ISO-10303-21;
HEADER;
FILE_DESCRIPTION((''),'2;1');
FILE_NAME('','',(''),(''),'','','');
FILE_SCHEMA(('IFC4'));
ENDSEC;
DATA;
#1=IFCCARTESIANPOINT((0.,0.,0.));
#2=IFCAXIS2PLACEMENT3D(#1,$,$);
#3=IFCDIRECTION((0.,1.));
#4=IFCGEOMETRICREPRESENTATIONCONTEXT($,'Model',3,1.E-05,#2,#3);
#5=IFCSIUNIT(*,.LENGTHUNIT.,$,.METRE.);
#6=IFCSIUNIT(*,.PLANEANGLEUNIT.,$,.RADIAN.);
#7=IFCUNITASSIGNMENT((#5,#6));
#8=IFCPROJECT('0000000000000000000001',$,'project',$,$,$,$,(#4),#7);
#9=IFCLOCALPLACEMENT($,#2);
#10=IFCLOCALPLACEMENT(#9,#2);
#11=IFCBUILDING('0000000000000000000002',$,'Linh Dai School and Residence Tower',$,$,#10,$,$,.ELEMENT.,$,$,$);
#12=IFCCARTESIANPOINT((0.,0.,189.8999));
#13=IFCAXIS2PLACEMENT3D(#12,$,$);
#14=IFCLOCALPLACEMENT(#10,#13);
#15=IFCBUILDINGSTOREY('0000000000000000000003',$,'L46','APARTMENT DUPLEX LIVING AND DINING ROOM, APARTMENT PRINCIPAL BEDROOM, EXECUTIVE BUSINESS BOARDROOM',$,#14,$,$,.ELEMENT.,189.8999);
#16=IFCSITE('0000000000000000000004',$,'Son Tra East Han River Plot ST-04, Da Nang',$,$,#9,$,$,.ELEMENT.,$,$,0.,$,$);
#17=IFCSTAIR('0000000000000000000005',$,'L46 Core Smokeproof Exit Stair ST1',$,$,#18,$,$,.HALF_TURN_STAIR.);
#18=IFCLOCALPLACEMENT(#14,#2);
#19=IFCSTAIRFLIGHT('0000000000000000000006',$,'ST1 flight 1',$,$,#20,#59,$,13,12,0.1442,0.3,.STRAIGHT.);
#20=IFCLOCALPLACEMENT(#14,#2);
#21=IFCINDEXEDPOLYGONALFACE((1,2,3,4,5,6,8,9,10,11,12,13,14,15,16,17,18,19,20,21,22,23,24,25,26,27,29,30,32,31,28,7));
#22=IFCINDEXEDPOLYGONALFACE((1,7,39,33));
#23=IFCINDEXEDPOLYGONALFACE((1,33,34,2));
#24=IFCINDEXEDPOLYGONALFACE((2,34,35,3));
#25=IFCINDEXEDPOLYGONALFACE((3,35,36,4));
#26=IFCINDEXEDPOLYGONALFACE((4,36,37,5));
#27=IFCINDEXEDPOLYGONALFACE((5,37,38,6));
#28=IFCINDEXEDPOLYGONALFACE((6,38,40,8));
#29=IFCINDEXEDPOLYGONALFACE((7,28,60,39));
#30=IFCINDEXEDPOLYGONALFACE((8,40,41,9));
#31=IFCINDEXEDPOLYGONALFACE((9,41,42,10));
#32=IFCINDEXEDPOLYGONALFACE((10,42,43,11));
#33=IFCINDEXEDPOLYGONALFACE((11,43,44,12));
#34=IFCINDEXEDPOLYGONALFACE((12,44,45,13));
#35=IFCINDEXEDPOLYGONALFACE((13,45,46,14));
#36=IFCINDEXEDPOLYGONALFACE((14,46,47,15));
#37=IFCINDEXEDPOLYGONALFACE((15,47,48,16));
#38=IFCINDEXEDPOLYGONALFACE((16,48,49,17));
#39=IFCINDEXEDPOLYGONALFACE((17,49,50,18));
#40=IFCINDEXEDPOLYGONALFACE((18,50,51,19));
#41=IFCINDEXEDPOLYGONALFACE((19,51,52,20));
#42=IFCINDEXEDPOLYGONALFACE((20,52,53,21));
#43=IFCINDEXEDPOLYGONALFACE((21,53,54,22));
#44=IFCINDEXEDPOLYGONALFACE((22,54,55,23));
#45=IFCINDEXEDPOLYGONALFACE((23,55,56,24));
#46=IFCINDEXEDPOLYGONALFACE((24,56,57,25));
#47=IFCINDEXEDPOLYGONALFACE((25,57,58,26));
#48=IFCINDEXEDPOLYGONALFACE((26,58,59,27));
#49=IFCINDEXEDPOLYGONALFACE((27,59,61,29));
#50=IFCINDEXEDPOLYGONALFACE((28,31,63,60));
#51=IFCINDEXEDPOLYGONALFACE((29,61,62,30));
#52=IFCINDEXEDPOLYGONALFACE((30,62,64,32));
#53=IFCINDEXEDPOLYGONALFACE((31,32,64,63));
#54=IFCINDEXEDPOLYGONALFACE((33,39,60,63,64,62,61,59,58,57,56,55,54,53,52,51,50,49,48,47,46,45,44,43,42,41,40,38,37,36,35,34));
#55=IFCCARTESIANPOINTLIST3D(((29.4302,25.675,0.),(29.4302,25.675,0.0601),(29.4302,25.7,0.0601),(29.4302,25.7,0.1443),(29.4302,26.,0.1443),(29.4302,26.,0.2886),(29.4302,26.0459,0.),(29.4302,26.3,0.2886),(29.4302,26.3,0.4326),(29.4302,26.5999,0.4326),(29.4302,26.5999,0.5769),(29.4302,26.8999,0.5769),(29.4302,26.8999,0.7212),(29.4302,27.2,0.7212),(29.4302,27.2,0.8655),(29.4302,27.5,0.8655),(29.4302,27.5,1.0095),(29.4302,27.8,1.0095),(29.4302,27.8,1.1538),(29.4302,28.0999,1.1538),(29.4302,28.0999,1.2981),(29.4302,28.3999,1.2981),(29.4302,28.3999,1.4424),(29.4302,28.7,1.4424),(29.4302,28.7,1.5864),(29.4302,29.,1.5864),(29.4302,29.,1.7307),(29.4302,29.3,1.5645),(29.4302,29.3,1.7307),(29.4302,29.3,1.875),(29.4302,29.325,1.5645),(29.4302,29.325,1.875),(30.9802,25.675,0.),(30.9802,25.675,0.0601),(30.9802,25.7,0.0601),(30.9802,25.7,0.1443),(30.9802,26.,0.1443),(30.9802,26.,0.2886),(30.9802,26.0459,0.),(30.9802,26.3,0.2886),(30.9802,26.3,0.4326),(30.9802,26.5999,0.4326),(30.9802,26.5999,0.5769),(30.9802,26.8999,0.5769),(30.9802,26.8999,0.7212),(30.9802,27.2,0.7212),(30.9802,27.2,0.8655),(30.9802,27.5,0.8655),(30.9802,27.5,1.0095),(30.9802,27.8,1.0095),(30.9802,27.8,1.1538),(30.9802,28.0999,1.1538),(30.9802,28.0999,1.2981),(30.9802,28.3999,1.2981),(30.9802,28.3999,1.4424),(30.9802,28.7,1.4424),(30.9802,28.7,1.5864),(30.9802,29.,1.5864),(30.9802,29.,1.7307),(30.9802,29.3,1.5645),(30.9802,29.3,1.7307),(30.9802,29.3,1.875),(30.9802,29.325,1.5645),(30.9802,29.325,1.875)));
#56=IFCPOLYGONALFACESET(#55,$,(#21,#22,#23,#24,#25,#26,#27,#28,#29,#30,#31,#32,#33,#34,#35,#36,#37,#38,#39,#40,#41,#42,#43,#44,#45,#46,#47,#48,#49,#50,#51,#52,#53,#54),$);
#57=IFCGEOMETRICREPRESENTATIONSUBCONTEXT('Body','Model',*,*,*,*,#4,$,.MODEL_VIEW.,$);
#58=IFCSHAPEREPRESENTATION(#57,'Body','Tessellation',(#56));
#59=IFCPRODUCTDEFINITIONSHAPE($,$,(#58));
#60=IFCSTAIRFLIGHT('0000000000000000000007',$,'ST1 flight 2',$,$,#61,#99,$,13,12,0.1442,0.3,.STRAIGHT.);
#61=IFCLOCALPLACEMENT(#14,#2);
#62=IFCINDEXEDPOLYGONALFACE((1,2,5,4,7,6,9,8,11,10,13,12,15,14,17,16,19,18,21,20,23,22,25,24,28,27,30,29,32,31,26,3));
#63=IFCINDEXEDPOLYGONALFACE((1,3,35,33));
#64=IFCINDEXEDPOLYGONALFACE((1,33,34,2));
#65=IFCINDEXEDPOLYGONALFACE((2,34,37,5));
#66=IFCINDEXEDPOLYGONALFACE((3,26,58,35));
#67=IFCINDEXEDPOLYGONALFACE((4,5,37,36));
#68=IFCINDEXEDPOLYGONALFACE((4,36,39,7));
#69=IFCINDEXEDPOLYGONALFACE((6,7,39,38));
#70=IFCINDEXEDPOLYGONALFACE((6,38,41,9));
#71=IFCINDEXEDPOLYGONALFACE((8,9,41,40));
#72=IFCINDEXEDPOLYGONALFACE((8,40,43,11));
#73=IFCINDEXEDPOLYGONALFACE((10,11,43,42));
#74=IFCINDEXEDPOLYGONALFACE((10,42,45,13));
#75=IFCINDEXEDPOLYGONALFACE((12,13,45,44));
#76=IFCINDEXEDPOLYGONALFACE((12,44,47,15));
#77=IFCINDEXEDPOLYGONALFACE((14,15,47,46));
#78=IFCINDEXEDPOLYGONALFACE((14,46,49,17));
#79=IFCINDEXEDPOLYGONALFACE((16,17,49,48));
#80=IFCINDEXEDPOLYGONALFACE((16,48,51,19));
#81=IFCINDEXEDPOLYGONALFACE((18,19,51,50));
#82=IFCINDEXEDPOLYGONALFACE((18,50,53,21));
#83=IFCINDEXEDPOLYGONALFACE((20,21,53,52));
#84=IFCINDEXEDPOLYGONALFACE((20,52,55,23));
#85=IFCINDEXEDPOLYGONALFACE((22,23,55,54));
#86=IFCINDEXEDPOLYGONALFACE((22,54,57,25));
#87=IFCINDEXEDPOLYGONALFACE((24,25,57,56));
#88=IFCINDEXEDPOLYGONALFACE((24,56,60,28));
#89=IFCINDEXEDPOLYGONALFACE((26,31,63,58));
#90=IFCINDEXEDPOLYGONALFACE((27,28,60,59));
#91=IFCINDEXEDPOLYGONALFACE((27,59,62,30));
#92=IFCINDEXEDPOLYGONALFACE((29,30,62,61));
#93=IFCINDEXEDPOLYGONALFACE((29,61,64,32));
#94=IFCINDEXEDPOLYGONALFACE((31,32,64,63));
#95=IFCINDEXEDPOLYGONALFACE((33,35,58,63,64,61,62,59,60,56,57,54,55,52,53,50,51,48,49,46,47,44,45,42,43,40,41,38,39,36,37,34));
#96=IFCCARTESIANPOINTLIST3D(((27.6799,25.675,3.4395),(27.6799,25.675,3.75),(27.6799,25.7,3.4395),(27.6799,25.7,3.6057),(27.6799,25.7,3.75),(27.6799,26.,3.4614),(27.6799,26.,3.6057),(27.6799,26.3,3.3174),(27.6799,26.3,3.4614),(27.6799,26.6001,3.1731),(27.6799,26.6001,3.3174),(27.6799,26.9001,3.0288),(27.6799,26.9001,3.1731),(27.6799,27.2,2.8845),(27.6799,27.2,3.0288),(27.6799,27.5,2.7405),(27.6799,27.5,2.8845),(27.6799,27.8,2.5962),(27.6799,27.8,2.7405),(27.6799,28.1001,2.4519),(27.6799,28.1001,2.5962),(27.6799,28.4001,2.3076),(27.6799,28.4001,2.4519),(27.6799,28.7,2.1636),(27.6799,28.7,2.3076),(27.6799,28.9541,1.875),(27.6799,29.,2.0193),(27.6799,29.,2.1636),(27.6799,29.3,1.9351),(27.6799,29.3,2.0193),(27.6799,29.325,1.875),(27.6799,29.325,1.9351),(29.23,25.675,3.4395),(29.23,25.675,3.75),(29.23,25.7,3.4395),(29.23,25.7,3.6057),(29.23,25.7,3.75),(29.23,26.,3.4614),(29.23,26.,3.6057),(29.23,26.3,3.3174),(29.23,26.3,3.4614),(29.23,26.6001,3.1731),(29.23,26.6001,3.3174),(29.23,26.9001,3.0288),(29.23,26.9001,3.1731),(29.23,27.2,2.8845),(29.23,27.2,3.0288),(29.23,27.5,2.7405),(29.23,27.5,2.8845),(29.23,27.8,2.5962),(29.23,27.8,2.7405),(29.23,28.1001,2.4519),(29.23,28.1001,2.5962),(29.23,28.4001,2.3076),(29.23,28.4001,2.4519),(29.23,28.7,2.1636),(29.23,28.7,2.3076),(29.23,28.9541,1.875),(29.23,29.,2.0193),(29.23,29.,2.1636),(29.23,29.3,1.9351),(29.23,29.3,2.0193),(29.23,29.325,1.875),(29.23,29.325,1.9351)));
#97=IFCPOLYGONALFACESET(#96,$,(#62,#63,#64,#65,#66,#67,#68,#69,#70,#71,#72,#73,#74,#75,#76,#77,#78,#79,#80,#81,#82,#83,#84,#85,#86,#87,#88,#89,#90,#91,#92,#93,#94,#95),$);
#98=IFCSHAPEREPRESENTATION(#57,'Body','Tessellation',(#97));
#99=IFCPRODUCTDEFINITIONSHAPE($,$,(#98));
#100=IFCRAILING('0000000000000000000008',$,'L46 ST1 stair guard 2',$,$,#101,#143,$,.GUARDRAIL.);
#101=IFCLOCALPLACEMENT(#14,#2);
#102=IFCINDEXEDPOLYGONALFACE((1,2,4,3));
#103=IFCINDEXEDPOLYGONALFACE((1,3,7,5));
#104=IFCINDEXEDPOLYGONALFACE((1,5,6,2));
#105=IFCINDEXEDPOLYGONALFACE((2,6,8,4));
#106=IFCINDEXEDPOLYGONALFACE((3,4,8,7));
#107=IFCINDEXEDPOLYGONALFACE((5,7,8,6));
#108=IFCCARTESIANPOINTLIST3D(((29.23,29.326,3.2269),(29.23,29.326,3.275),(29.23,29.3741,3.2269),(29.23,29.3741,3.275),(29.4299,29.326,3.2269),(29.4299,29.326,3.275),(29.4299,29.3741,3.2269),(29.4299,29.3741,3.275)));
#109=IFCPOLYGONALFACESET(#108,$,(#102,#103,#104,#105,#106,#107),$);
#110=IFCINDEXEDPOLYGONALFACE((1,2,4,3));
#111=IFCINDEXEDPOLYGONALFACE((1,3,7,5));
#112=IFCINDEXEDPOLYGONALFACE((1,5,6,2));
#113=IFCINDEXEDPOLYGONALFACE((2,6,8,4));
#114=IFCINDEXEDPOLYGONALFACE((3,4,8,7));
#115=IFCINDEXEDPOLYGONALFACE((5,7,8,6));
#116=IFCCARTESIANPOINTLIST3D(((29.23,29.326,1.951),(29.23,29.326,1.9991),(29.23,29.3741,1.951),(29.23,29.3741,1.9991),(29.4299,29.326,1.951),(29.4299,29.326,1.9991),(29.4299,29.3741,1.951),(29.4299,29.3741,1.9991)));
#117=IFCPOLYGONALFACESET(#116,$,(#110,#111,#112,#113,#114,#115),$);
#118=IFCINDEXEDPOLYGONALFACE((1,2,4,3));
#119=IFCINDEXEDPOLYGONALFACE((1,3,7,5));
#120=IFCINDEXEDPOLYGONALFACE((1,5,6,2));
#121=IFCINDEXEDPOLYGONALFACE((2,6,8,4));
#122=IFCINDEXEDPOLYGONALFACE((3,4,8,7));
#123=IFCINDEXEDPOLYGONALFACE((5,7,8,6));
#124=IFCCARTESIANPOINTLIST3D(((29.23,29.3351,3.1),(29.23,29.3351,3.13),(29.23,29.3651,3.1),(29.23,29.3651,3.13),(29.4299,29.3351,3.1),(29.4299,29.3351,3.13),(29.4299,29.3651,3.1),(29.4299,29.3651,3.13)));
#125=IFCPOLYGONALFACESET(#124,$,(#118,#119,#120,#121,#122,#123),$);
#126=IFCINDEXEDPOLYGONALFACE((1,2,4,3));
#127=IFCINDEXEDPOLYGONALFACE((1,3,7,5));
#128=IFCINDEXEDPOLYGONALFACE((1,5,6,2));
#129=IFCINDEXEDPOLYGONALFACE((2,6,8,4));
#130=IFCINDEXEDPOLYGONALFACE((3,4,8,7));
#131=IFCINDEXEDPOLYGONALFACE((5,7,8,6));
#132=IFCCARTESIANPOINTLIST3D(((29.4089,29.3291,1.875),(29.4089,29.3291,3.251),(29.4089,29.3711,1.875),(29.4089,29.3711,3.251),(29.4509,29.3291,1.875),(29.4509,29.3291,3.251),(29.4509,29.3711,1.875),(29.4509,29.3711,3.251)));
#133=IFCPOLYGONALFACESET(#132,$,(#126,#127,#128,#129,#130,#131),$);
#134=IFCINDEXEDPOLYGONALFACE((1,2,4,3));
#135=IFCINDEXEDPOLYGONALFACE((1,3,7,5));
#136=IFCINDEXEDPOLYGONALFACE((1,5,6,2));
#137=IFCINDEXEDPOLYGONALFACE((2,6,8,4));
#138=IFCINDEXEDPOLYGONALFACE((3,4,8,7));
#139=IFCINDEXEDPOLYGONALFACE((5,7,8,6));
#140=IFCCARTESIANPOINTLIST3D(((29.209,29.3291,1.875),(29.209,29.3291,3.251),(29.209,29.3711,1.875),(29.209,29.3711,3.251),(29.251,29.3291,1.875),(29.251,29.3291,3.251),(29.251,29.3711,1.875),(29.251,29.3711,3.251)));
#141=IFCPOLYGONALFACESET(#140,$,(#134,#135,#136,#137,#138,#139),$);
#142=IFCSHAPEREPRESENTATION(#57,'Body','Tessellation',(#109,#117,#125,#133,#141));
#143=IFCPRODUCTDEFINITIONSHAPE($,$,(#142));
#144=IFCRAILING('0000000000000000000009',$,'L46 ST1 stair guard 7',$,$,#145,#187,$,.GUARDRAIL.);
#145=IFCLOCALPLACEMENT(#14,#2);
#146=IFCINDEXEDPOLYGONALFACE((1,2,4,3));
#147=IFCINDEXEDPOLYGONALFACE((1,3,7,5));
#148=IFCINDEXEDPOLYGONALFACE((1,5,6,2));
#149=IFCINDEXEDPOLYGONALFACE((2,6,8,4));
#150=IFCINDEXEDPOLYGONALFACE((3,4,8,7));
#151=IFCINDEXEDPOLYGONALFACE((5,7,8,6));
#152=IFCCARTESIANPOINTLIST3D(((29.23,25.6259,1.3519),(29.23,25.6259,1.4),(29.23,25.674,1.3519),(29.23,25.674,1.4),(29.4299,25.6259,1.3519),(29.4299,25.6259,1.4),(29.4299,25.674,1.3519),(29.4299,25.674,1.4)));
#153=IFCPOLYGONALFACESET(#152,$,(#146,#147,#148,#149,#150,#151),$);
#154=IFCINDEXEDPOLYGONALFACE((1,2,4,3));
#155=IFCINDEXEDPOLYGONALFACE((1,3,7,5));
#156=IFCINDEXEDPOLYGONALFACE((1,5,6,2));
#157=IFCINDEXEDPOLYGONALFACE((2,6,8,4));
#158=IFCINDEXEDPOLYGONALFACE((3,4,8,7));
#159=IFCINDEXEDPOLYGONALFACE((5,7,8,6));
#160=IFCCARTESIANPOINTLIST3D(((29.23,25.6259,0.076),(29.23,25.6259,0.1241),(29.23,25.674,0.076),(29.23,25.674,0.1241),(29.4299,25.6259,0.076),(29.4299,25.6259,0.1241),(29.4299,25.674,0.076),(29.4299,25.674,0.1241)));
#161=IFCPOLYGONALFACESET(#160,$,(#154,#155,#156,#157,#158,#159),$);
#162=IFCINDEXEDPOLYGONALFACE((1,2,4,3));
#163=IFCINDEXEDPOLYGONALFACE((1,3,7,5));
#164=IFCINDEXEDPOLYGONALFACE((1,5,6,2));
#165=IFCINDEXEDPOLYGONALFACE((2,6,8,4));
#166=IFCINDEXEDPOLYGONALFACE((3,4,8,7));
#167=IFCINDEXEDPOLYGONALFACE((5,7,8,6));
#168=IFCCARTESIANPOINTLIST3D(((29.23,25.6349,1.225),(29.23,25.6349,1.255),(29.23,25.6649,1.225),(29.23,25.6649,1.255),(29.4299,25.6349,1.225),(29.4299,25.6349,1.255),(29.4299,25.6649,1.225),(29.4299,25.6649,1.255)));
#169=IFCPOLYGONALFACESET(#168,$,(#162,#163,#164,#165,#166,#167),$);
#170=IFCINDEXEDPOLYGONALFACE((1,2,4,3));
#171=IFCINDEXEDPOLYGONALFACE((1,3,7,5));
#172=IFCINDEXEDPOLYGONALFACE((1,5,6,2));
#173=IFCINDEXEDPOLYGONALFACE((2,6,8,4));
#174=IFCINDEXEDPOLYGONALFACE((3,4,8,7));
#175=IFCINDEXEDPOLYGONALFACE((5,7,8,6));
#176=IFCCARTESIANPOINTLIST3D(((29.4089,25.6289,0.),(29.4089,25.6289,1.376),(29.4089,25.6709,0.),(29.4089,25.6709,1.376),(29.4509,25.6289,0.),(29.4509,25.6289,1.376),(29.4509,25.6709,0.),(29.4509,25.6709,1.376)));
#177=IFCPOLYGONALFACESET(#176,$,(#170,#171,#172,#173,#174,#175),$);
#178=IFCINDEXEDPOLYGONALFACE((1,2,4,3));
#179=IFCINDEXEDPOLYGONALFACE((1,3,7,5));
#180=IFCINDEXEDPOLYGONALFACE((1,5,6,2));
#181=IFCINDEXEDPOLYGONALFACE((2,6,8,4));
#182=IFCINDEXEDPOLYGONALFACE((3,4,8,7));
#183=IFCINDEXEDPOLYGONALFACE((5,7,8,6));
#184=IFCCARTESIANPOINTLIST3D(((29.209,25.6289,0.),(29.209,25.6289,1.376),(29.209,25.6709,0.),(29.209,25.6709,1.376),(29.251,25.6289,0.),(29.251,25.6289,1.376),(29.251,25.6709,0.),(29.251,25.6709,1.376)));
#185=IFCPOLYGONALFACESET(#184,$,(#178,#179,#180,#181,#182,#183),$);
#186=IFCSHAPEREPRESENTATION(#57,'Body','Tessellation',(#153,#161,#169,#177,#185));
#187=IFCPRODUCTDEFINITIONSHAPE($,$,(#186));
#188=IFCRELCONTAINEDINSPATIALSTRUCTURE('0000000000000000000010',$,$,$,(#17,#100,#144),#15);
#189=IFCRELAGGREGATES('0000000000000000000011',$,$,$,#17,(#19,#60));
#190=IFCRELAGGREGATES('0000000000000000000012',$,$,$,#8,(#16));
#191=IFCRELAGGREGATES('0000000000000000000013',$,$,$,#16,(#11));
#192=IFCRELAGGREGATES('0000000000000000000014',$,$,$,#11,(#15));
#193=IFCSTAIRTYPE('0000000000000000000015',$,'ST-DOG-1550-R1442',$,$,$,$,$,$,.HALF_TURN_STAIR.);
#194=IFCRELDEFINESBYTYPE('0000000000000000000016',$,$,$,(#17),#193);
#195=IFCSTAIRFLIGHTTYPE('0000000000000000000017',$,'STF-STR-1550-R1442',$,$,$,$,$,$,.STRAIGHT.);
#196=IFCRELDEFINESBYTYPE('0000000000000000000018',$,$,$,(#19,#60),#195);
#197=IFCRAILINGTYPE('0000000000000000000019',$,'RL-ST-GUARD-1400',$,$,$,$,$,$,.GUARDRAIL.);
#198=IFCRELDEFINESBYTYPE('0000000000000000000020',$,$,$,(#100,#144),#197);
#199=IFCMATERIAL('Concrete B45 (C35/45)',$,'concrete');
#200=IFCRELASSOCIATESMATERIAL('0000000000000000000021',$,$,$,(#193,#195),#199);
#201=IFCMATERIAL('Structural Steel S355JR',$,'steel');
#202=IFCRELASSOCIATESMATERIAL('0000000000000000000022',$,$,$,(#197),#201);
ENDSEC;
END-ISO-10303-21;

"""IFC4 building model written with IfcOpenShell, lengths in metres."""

from ifc_helpers import new_model, si_unit, direction, frame, origin, origin_2d, place, context, subcontext, project, spatial, polyline, rectangle, outline, extrude, source, transform, mapped, material, type_object, element, aggregate, save


model = new_model("IFC4")

# Units and contexts
model_context = context("Model", 3, precision=1e-05, world=origin(), true_north=direction((0.0, 1.0)))
body_context = subcontext(model_context, "Body", "Model", "MODEL_VIEW")
ifc_project = project(units=[si_unit("LENGTHUNIT", "METRE"), si_unit("PLANEANGLEUNIT", "RADIAN")], contexts=[model_context])

# Site, building, storey
site_placement = place(None, origin())
site = spatial("IfcSite", under=ifc_project, at=site_placement, Name="Son Tra East Han River Plot ST-04, Da Nang", CompositionType="ELEMENT", RefElevation=0.0)
building_placement = place(site_placement, origin())
building = spatial("IfcBuilding", under=site, at=building_placement, Name="Linh Dai School and Residence Tower", CompositionType="ELEMENT")
storey_placement = place(building_placement, frame((0.0, 0.0, 189.8999)))
storey = spatial("IfcBuildingStorey", under=building, at=storey_placement, Name="L46", Description="APARTMENT DUPLEX LIVING AND DINING ROOM, APARTMENT PRINCIPAL BEDROOM, EXECUTIVE BUSINESS BOARDROOM", CompositionType="ELEMENT", Elevation=189.8999)

# Shared definitions
ifc_material_1 = material(Name="Concrete B45 (C35/45)", Category="concrete")

# Stair, stair flights
stair_type = type_object("IfcStairType", Name="ST-DOG-1550-R1442", PredefinedType="HALF_TURN_STAIR", material=ifc_material_1)
stair_placement = place(storey_placement, origin())
stair = element("IfcStair", 1, at=stair_placement, inside=storey, type_object=stair_type, Name="L46 Core Smokeproof Exit Stair ST1", PredefinedType="HALF_TURN_STAIR")
stair_flight_type = type_object("IfcStairFlightType", Name="STF-STR-1550-R1442", PredefinedType="STRAIGHT", material=ifc_material_1)
shared_shape_1 = source(origin(), body_context, "Body", "SweptSolid", [
    extrude(outline(polyline([(-0.0249, 0.0), (-0.0249, 0.0601), (0.0, 0.0601), (0.0, 0.1443), (0.3, 0.1443), (0.3, 0.2886), (0.6001, 0.2886), (0.6001, 0.4326), (0.8999, 0.4326), (0.8999, 0.5769), (1.2, 0.5769), (1.2, 0.7212), (1.5, 0.7212), (1.5, 0.8655), (1.8, 0.8655), (1.8, 1.0095), (2.1001, 1.0095), (2.1001, 1.1538), (2.3999, 1.1538), (2.3999, 1.2981), (2.7, 1.2981), (2.7, 1.4424), (3.0, 1.4424), (3.0, 1.5864), (3.3, 1.5864), (3.3, 1.7307), (3.6001, 1.7307), (3.6001, 1.875), (3.625, 1.875), (3.625, 1.5645), (3.6001, 1.5645), (0.3459, 0.0), (-0.0249, 0.0)])), frame((0.0, 0.7749, 0.0), z_axis=(0.0, -1.0, 0.0), x_axis=(1.0, 0.0, 0.0)), (0.0, 0.0, 1.0), 1.55),
])
stair_flight_1_placement = place(storey_placement, frame((30.2051, 25.7, 0.0), z_axis=(0.0, 0.0, 1.0), x_axis=(0.0, 1.0, 0.0)))
stair_flight_1 = element("IfcStairFlight", 2, at=stair_flight_1_placement, type_object=stair_flight_type, Name="ST1 flight 1", NumberOfRisers=13, NumberOfTreads=12, PredefinedType="STRAIGHT", RiserHeight=0.1442, TreadLength=0.3, context=body_context, shape_type="MappedRepresentation", body=[
    mapped(shared_shape_1, transform((0.0, 0.0, 0.0), x_axis=(1.0, 0.0, 0.0), y_axis=(0.0, 1.0, 0.0), z_axis=(0.0, 0.0, 1.0), scale=1.0)),
])
stair_flight_2_placement = place(storey_placement, frame((28.4551, 29.3, 1.875), z_axis=(0.0, 0.0, 1.0), x_axis=(0.0, -1.0, 0.0)))
stair_flight_2 = element("IfcStairFlight", 3, at=stair_flight_2_placement, type_object=stair_flight_type, Name="ST1 flight 2", NumberOfRisers=13, NumberOfTreads=12, PredefinedType="STRAIGHT", RiserHeight=0.1442, TreadLength=0.3, context=body_context, shape_type="MappedRepresentation", body=[
    mapped(shared_shape_1, transform((0.0, 0.0, 0.0), x_axis=(1.0, 0.0, 0.0), y_axis=(0.0, 1.0, 0.0), z_axis=(0.0, 0.0, 1.0), scale=1.0)),
])
aggregate(stair, [stair_flight_1, stair_flight_2])

# Railings
ifc_material_2 = material(Name="Structural Steel S355JR", Category="steel")
railing_type_1 = type_object("IfcRailingType", Name="RL-ST-GUARD-1400", PredefinedType="GUARDRAIL", material=ifc_material_2)
shared_shape_2 = source(origin(), body_context, "Body", "SweptSolid", [
    extrude(rectangle(XDim=0.0481, YDim=0.0481, at=origin_2d()), frame((0.0, 0.0, 1.376), z_axis=(-1.0, 0.0, 0.0), x_axis=(0.0, -1.0, 0.0)), (0.0, 0.0, 1.0), 0.2),
    extrude(rectangle(XDim=0.0481, YDim=0.0481, at=origin_2d()), frame((0.0, 0.0, 0.1001), z_axis=(-1.0, 0.0, 0.0), x_axis=(0.0, -1.0, 0.0)), (0.0, 0.0, 1.0), 0.2),
    extrude(rectangle(XDim=0.03, YDim=0.03, at=origin_2d()), frame((0.0, 0.0, 1.24), z_axis=(-1.0, 0.0, 0.0), x_axis=(0.0, -1.0, 0.0)), (0.0, 0.0, 1.0), 0.2),
    extrude(rectangle(XDim=0.042, YDim=0.042, at=origin_2d()), origin(), (0.0, 0.0, 1.0), 1.376),
    extrude(rectangle(XDim=0.042, YDim=0.042, at=origin_2d()), frame((-0.2, 0.0, 0.0)), (0.0, 0.0, 1.0), 1.376),
])
for number, where, name in (
    (4, (29.4299, 29.3501, 1.875), "L46 ST1 stair guard 2"),
    (5, (29.4299, 25.6499, 0.0), "L46 ST1 stair guard 7"),
):
    element("IfcRailing", number, at=place(storey_placement, frame(where)), inside=storey, type_object=railing_type_1, Name=name, PredefinedType="GUARDRAIL", context=body_context, shape_type="MappedRepresentation", body=[
        mapped(shared_shape_2, transform((0.0, 0.0, 0.0), x_axis=(1.0, 0.0, 0.0), y_axis=(0.0, 1.0, 0.0), z_axis=(0.0, 0.0, 1.0), scale=1.0)),
    ])

save(model, "model.ifc")
